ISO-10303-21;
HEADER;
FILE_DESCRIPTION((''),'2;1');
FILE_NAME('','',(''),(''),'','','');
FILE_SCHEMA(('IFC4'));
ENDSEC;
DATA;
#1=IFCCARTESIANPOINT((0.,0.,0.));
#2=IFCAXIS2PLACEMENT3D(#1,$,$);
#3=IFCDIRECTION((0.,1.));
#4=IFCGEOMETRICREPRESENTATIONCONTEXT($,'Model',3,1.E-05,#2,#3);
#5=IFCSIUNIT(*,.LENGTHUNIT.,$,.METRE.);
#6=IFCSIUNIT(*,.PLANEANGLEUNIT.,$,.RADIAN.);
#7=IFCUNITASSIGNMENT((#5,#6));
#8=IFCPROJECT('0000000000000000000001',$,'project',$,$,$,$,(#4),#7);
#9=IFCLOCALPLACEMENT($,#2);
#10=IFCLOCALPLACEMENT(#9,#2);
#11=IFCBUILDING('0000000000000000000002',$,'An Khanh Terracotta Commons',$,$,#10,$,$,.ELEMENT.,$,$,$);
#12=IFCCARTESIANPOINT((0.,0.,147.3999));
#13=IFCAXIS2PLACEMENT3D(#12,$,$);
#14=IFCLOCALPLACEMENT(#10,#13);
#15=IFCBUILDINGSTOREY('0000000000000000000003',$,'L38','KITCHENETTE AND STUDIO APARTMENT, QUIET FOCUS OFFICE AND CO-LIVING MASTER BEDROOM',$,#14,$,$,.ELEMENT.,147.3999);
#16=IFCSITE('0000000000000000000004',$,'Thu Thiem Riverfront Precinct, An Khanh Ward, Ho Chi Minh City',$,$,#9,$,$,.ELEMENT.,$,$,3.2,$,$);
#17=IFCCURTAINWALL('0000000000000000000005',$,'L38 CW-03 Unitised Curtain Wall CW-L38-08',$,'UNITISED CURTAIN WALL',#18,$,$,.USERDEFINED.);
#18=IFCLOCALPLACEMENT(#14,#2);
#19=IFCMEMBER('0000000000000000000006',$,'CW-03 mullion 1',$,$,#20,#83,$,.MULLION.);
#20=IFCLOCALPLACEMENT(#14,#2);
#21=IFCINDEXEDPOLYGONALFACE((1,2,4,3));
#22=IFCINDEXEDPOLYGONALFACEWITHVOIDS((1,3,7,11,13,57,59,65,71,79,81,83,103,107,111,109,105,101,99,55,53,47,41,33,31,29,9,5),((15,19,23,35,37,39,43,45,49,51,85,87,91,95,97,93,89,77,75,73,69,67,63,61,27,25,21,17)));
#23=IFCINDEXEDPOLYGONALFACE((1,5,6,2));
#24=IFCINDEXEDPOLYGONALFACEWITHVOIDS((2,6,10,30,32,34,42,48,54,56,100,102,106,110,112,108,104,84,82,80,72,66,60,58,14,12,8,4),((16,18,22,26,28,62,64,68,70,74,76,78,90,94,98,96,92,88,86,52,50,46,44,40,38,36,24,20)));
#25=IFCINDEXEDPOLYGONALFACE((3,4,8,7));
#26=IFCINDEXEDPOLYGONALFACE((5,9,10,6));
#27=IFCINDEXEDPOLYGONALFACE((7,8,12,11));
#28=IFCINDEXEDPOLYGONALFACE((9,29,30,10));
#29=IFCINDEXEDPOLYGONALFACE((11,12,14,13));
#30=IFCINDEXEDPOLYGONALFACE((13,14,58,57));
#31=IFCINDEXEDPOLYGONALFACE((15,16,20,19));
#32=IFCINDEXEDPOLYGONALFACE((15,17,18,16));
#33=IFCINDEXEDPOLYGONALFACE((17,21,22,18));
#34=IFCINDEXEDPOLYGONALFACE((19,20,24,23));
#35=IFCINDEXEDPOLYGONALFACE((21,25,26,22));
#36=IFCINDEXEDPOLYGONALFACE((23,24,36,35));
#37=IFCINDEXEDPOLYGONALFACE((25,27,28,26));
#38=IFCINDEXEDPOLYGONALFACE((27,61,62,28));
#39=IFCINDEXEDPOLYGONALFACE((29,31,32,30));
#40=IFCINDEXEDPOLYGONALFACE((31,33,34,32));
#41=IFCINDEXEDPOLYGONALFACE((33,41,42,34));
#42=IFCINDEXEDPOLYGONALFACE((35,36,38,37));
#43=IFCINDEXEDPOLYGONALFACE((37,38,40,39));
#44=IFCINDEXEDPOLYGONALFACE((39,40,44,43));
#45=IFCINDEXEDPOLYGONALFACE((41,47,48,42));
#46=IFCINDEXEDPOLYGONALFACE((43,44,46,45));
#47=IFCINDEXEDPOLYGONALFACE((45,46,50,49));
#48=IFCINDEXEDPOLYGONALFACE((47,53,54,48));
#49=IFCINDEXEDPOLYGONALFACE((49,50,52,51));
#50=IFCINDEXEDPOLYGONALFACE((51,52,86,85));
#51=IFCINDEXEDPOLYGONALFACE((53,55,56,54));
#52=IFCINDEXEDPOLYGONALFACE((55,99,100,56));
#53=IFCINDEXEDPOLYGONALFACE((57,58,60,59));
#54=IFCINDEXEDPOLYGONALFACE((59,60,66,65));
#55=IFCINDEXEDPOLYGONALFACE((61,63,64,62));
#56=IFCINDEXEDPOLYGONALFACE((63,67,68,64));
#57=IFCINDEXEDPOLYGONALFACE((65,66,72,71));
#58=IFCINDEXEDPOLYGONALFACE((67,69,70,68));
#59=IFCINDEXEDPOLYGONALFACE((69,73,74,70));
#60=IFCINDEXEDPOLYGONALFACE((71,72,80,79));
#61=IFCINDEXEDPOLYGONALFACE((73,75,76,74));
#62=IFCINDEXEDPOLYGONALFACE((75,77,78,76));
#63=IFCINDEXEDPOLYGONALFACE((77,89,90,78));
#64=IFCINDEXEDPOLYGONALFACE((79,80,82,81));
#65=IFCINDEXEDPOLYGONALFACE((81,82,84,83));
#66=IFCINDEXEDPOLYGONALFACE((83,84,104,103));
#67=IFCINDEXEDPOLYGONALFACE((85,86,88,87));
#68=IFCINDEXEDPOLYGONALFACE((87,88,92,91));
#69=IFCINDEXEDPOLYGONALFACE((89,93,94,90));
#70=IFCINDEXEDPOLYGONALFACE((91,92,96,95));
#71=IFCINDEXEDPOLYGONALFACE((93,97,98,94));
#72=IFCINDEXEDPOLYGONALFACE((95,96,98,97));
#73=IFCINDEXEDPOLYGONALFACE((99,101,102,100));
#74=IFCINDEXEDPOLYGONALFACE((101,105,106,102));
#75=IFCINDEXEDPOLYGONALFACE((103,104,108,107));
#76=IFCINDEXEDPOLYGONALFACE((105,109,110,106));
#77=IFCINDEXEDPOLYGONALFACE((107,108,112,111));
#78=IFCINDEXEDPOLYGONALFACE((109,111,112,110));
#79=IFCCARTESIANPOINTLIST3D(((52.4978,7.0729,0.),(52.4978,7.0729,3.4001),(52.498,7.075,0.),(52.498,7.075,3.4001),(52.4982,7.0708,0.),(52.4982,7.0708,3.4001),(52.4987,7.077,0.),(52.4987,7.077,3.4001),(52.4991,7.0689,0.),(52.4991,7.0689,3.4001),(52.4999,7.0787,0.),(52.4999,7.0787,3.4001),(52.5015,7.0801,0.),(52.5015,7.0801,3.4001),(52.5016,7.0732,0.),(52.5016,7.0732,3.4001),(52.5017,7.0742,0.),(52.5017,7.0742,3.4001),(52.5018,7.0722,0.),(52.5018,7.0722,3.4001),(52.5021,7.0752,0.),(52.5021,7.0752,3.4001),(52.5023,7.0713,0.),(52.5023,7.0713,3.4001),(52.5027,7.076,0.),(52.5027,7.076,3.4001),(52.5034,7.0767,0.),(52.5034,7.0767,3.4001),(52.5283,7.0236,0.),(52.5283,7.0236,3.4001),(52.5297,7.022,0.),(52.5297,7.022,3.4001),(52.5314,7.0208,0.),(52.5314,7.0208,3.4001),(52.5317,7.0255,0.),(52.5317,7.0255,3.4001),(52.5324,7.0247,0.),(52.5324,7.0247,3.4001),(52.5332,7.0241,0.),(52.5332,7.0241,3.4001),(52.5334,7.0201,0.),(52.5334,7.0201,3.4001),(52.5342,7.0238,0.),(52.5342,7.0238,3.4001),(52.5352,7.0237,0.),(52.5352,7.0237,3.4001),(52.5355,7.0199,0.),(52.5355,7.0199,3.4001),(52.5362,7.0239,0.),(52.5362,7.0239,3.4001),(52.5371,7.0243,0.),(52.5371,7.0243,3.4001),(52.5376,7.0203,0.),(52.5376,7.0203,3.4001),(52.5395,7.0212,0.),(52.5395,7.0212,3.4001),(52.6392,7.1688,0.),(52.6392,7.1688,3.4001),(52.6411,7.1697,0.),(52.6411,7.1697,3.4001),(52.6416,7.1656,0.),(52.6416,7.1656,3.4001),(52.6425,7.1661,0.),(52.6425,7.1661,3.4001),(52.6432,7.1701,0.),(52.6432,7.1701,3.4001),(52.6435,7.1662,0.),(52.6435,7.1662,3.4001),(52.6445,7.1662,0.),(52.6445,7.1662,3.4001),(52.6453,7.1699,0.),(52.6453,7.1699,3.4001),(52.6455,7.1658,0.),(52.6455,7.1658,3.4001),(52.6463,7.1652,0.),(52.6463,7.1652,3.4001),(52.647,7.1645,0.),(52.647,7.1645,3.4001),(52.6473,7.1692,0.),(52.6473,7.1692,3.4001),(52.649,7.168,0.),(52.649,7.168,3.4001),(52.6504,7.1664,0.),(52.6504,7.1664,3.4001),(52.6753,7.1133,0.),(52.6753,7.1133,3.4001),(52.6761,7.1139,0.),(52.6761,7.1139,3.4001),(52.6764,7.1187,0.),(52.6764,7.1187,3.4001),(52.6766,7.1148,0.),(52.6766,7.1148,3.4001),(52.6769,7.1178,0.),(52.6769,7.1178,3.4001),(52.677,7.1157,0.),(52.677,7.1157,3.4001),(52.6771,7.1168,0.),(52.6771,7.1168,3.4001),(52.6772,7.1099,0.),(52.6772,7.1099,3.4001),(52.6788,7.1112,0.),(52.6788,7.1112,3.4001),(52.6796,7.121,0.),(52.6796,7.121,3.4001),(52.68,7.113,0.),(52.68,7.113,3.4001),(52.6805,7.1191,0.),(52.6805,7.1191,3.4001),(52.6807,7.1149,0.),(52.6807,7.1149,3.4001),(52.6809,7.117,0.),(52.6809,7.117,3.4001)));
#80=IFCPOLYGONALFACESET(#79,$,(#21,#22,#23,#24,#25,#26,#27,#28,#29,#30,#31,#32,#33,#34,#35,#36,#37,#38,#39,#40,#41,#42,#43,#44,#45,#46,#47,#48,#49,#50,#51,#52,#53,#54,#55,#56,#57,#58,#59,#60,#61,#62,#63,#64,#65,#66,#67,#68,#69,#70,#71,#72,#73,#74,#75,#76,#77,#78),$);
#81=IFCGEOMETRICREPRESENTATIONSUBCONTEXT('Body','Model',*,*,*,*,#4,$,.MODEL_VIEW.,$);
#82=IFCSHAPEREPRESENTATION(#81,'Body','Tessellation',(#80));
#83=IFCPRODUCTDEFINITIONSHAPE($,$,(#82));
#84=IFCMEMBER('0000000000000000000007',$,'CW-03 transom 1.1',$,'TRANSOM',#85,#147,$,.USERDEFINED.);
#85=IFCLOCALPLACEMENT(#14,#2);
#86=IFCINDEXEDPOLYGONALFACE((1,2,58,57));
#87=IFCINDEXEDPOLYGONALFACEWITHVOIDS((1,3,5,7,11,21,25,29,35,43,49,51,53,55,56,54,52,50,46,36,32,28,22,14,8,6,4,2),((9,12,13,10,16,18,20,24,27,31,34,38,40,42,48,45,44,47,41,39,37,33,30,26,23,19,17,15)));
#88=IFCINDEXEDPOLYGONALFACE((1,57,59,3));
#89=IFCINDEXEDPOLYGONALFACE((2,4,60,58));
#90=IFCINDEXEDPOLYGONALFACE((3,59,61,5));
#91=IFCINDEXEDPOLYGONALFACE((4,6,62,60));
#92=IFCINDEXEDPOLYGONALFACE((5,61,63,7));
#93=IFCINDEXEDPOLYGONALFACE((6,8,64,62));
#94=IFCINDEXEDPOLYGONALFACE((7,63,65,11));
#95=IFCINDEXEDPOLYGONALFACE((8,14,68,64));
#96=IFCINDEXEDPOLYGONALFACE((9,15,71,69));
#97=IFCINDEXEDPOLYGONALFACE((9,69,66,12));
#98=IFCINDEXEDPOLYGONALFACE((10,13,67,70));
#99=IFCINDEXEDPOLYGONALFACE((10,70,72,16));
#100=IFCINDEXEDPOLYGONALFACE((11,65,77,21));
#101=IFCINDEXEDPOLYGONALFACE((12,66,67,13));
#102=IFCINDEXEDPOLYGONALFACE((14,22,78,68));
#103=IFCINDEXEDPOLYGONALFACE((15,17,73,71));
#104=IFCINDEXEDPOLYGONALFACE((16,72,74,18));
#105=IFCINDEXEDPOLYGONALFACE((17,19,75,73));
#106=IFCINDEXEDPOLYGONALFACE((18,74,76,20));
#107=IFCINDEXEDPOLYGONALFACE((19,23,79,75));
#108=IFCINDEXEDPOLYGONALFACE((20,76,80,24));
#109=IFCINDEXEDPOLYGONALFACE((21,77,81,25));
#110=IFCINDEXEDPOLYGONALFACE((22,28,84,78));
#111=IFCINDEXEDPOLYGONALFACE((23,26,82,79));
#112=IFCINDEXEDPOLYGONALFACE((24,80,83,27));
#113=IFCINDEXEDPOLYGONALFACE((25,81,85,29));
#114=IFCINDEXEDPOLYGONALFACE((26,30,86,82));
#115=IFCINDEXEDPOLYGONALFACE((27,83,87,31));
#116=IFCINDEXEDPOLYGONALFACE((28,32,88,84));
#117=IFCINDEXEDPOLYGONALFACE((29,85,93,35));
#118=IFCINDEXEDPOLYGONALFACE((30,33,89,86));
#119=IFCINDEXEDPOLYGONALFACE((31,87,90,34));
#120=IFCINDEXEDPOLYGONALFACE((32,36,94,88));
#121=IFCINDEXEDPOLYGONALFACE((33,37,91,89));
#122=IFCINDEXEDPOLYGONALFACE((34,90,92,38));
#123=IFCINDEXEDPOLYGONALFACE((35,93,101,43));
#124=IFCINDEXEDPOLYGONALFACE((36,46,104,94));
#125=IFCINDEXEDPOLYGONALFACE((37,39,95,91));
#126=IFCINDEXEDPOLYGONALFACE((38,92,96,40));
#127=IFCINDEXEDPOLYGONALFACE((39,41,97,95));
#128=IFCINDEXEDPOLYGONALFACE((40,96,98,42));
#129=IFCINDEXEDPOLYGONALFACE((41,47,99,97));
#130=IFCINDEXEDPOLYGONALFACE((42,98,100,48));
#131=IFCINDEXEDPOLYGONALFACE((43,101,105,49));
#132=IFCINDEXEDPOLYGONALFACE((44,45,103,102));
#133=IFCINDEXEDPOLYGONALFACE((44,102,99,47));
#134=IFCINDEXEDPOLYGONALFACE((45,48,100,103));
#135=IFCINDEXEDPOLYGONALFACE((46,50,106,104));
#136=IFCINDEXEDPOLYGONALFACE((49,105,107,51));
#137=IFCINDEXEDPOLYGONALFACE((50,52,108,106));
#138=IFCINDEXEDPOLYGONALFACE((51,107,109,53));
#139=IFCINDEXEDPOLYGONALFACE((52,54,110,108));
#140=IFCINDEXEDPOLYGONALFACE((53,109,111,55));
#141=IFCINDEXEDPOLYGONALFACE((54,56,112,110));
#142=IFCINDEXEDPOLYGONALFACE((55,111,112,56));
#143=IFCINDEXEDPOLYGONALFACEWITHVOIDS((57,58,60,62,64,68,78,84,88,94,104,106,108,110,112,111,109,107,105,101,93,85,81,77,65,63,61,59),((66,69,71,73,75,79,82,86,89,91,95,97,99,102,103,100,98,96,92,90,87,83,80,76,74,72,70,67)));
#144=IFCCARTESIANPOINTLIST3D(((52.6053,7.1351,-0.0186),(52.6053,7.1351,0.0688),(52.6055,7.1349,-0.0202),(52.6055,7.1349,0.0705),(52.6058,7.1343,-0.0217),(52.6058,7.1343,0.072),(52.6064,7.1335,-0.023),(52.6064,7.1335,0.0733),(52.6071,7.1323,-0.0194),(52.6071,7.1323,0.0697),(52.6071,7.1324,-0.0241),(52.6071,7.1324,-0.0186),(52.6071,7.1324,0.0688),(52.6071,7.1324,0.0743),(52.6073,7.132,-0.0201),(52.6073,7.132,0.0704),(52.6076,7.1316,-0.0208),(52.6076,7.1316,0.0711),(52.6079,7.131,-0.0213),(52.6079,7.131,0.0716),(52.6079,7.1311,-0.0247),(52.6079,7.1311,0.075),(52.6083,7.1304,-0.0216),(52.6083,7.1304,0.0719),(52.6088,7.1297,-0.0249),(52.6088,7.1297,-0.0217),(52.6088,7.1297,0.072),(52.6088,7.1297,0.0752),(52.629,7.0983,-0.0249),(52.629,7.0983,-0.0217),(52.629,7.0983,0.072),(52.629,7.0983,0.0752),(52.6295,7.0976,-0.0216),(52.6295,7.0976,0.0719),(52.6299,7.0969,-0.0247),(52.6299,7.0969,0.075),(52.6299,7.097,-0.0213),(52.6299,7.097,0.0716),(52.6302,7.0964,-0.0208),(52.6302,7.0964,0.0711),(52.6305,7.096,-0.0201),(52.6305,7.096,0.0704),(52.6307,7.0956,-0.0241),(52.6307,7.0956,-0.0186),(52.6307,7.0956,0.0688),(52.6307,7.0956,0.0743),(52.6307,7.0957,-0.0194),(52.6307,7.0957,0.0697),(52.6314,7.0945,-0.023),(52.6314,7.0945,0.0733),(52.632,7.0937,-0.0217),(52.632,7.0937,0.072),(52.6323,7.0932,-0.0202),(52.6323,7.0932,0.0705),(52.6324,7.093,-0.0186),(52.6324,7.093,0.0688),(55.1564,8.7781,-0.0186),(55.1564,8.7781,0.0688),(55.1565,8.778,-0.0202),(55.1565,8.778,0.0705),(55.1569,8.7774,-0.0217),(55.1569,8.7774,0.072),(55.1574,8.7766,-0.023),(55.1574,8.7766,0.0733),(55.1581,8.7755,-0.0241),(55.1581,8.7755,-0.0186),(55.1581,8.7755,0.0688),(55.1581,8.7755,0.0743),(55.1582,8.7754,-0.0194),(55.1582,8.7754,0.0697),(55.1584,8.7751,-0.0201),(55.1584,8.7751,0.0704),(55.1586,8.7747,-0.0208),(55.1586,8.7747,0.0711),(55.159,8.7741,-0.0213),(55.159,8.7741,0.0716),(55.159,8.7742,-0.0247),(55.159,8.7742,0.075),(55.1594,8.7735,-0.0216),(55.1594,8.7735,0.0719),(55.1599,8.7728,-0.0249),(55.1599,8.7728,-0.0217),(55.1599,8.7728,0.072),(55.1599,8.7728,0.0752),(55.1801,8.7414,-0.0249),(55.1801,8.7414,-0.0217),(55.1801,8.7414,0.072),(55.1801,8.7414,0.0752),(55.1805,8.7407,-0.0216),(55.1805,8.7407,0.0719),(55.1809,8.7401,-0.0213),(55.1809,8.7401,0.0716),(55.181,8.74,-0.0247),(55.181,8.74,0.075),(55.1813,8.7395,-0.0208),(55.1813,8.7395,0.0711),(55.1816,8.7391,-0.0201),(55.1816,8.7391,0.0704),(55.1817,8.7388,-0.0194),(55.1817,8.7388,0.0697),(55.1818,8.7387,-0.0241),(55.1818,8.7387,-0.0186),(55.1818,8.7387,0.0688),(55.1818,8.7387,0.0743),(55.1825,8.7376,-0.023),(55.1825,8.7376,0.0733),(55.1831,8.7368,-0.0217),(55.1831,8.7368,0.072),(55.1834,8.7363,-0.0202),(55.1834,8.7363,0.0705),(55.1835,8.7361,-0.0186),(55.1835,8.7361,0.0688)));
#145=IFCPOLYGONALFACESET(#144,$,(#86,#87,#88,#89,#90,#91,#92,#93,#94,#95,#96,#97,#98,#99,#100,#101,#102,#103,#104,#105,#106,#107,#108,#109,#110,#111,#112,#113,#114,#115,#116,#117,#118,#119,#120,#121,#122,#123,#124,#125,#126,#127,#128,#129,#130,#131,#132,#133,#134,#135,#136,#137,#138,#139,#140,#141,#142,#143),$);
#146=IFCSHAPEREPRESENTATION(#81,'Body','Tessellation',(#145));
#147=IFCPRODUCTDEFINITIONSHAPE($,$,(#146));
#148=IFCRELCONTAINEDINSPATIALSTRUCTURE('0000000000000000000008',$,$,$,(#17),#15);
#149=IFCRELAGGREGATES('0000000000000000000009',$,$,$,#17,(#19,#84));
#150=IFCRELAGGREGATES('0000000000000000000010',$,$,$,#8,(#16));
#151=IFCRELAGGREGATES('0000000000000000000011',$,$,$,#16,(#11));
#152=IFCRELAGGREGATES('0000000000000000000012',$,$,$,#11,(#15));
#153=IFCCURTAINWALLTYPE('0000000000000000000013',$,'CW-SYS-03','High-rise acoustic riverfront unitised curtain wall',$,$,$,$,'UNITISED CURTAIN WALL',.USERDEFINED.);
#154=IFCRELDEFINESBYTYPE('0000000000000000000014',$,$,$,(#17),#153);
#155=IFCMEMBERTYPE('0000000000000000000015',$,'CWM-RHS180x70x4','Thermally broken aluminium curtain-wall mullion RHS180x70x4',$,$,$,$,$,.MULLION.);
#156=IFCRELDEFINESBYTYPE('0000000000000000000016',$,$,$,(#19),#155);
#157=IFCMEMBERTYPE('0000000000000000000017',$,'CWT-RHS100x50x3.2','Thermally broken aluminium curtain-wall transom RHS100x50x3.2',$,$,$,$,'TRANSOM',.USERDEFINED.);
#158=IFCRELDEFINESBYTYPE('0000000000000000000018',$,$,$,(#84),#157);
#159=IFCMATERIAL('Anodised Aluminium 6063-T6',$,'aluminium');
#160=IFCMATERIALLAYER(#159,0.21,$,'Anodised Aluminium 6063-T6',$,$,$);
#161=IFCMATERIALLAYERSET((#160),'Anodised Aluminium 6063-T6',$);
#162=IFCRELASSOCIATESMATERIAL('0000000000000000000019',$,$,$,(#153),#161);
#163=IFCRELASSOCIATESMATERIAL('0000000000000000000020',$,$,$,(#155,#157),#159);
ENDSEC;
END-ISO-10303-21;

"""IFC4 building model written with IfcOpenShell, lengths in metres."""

from ifc_helpers import new_model, si_unit, direction, frame, origin, origin_2d, place, context, subcontext, project, spatial, hollow_rectangle, extrude, material, layer, layer_set, material_profile, profile_set, type_object, element, aggregate, save


model = new_model("IFC4")

# Units and contexts
model_context = context("Model", 3, precision=1e-05, world=origin(), true_north=direction((0.0, 1.0)))
body_context = subcontext(model_context, "Body", "Model", "MODEL_VIEW")
ifc_project = project(units=[si_unit("LENGTHUNIT", "METRE"), si_unit("PLANEANGLEUNIT", "RADIAN")], contexts=[model_context])

# Site, building, storey
site_placement = place(None, origin())
site = spatial("IfcSite", under=ifc_project, at=site_placement, Name="Thu Thiem Riverfront Precinct, An Khanh Ward, Ho Chi Minh City", CompositionType="ELEMENT", RefElevation=3.2)
building_placement = place(site_placement, origin())
building = spatial("IfcBuilding", under=site, at=building_placement, Name="An Khanh Terracotta Commons", CompositionType="ELEMENT")
storey_placement = place(building_placement, frame((0.0, 0.0, 147.3999)))
storey = spatial("IfcBuildingStorey", under=building, at=storey_placement, Name="L38", Description="KITCHENETTE AND STUDIO APARTMENT, QUIET FOCUS OFFICE AND CO-LIVING MASTER BEDROOM", CompositionType="ELEMENT", Elevation=147.3999)

# Curtain wall, members
ifc_material_1 = material(Name="Anodised Aluminium 6063-T6", Category="aluminium")
ifc_layer_1 = layer(ifc_material_1, 0.21, Name="Anodised Aluminium 6063-T6")
ifc_layer_set_1 = layer_set([ifc_layer_1], Name="Anodised Aluminium 6063-T6")
curtain_wall_type = type_object("IfcCurtainWallType", Name="CW-SYS-03", Description="High-rise acoustic riverfront unitised curtain wall", ElementType="UNITISED CURTAIN WALL", PredefinedType="USERDEFINED", material=ifc_layer_set_1)
curtain_wall_placement = place(storey_placement, origin())
curtain_wall = element("IfcCurtainWall", 1, at=curtain_wall_placement, inside=storey, type_object=curtain_wall_type, Name="L38 CW-03 Unitised Curtain Wall CW-L38-08", ObjectType="UNITISED CURTAIN WALL", PredefinedType="USERDEFINED")
ifc_material_profile_1 = material_profile(ifc_material_1, hollow_rectangle(XDim=0.0701, YDim=0.1799, WallThickness=0.0039, InnerFilletRadius=0.0039, OuterFilletRadius=0.0081, at=origin_2d()), Name="RHS180x70x4")
ifc_profile_set_1 = profile_set([ifc_material_profile_1], Name="Anodised Aluminium 6063-T6")
member_type_1 = type_object("IfcMemberType", Name="CWM-RHS180x70x4", Description="Thermally broken aluminium curtain-wall mullion RHS180x70x4", PredefinedType="MULLION", material=ifc_profile_set_1)
member_1_placement = place(storey_placement, frame((52.5894, 7.095, 0.0), z_axis=(0.0, 0.0, 1.0), x_axis=(-0.541498, 0.840702, 0.0)))
member_1 = element("IfcMember", 2, at=member_1_placement, type_object=member_type_1, Name="CW-03 mullion 1", PredefinedType="MULLION", context=body_context, shape_type="SweptSolid", body=[
    extrude(hollow_rectangle(XDim=0.0701, YDim=0.1799, WallThickness=0.0039, InnerFilletRadius=0.0039, OuterFilletRadius=0.0081, at=origin_2d()), origin(), (0.0, 0.0, 1.0), 3.4001),
])
ifc_material_profile_2 = material_profile(ifc_material_1, hollow_rectangle(XDim=0.05, YDim=0.1001, WallThickness=0.0032, InnerFilletRadius=0.0032, OuterFilletRadius=0.0063, at=origin_2d()), Name="RHS100x50x3.2")
ifc_profile_set_2 = profile_set([ifc_material_profile_2], Name="Anodised Aluminium 6063-T6")
member_type_2 = type_object("IfcMemberType", Name="CWT-RHS100x50x3.2", Description="Thermally broken aluminium curtain-wall transom RHS100x50x3.2", ElementType="TRANSOM", PredefinedType="USERDEFINED", material=ifc_profile_set_2)
member_2_placement = place(storey_placement, frame((52.6189, 7.114, 0.0251), z_axis=(0.84071, 0.541485, 0.0), x_axis=(-0.541485, 0.84071, 0.0)))
member_2 = element("IfcMember", 3, at=member_2_placement, type_object=member_type_2, Name="CW-03 transom 1.1", ObjectType="TRANSOM", PredefinedType="USERDEFINED", context=body_context, shape_type="SweptSolid", body=[
    extrude(hollow_rectangle(XDim=0.05, YDim=0.1001, WallThickness=0.0032, InnerFilletRadius=0.0032, OuterFilletRadius=0.0063, at=origin_2d()), origin(), (0.0, 0.0, 1.0), 3.0344),
])
aggregate(curtain_wall, [member_1, member_2])

save(model, "model.ifc")
